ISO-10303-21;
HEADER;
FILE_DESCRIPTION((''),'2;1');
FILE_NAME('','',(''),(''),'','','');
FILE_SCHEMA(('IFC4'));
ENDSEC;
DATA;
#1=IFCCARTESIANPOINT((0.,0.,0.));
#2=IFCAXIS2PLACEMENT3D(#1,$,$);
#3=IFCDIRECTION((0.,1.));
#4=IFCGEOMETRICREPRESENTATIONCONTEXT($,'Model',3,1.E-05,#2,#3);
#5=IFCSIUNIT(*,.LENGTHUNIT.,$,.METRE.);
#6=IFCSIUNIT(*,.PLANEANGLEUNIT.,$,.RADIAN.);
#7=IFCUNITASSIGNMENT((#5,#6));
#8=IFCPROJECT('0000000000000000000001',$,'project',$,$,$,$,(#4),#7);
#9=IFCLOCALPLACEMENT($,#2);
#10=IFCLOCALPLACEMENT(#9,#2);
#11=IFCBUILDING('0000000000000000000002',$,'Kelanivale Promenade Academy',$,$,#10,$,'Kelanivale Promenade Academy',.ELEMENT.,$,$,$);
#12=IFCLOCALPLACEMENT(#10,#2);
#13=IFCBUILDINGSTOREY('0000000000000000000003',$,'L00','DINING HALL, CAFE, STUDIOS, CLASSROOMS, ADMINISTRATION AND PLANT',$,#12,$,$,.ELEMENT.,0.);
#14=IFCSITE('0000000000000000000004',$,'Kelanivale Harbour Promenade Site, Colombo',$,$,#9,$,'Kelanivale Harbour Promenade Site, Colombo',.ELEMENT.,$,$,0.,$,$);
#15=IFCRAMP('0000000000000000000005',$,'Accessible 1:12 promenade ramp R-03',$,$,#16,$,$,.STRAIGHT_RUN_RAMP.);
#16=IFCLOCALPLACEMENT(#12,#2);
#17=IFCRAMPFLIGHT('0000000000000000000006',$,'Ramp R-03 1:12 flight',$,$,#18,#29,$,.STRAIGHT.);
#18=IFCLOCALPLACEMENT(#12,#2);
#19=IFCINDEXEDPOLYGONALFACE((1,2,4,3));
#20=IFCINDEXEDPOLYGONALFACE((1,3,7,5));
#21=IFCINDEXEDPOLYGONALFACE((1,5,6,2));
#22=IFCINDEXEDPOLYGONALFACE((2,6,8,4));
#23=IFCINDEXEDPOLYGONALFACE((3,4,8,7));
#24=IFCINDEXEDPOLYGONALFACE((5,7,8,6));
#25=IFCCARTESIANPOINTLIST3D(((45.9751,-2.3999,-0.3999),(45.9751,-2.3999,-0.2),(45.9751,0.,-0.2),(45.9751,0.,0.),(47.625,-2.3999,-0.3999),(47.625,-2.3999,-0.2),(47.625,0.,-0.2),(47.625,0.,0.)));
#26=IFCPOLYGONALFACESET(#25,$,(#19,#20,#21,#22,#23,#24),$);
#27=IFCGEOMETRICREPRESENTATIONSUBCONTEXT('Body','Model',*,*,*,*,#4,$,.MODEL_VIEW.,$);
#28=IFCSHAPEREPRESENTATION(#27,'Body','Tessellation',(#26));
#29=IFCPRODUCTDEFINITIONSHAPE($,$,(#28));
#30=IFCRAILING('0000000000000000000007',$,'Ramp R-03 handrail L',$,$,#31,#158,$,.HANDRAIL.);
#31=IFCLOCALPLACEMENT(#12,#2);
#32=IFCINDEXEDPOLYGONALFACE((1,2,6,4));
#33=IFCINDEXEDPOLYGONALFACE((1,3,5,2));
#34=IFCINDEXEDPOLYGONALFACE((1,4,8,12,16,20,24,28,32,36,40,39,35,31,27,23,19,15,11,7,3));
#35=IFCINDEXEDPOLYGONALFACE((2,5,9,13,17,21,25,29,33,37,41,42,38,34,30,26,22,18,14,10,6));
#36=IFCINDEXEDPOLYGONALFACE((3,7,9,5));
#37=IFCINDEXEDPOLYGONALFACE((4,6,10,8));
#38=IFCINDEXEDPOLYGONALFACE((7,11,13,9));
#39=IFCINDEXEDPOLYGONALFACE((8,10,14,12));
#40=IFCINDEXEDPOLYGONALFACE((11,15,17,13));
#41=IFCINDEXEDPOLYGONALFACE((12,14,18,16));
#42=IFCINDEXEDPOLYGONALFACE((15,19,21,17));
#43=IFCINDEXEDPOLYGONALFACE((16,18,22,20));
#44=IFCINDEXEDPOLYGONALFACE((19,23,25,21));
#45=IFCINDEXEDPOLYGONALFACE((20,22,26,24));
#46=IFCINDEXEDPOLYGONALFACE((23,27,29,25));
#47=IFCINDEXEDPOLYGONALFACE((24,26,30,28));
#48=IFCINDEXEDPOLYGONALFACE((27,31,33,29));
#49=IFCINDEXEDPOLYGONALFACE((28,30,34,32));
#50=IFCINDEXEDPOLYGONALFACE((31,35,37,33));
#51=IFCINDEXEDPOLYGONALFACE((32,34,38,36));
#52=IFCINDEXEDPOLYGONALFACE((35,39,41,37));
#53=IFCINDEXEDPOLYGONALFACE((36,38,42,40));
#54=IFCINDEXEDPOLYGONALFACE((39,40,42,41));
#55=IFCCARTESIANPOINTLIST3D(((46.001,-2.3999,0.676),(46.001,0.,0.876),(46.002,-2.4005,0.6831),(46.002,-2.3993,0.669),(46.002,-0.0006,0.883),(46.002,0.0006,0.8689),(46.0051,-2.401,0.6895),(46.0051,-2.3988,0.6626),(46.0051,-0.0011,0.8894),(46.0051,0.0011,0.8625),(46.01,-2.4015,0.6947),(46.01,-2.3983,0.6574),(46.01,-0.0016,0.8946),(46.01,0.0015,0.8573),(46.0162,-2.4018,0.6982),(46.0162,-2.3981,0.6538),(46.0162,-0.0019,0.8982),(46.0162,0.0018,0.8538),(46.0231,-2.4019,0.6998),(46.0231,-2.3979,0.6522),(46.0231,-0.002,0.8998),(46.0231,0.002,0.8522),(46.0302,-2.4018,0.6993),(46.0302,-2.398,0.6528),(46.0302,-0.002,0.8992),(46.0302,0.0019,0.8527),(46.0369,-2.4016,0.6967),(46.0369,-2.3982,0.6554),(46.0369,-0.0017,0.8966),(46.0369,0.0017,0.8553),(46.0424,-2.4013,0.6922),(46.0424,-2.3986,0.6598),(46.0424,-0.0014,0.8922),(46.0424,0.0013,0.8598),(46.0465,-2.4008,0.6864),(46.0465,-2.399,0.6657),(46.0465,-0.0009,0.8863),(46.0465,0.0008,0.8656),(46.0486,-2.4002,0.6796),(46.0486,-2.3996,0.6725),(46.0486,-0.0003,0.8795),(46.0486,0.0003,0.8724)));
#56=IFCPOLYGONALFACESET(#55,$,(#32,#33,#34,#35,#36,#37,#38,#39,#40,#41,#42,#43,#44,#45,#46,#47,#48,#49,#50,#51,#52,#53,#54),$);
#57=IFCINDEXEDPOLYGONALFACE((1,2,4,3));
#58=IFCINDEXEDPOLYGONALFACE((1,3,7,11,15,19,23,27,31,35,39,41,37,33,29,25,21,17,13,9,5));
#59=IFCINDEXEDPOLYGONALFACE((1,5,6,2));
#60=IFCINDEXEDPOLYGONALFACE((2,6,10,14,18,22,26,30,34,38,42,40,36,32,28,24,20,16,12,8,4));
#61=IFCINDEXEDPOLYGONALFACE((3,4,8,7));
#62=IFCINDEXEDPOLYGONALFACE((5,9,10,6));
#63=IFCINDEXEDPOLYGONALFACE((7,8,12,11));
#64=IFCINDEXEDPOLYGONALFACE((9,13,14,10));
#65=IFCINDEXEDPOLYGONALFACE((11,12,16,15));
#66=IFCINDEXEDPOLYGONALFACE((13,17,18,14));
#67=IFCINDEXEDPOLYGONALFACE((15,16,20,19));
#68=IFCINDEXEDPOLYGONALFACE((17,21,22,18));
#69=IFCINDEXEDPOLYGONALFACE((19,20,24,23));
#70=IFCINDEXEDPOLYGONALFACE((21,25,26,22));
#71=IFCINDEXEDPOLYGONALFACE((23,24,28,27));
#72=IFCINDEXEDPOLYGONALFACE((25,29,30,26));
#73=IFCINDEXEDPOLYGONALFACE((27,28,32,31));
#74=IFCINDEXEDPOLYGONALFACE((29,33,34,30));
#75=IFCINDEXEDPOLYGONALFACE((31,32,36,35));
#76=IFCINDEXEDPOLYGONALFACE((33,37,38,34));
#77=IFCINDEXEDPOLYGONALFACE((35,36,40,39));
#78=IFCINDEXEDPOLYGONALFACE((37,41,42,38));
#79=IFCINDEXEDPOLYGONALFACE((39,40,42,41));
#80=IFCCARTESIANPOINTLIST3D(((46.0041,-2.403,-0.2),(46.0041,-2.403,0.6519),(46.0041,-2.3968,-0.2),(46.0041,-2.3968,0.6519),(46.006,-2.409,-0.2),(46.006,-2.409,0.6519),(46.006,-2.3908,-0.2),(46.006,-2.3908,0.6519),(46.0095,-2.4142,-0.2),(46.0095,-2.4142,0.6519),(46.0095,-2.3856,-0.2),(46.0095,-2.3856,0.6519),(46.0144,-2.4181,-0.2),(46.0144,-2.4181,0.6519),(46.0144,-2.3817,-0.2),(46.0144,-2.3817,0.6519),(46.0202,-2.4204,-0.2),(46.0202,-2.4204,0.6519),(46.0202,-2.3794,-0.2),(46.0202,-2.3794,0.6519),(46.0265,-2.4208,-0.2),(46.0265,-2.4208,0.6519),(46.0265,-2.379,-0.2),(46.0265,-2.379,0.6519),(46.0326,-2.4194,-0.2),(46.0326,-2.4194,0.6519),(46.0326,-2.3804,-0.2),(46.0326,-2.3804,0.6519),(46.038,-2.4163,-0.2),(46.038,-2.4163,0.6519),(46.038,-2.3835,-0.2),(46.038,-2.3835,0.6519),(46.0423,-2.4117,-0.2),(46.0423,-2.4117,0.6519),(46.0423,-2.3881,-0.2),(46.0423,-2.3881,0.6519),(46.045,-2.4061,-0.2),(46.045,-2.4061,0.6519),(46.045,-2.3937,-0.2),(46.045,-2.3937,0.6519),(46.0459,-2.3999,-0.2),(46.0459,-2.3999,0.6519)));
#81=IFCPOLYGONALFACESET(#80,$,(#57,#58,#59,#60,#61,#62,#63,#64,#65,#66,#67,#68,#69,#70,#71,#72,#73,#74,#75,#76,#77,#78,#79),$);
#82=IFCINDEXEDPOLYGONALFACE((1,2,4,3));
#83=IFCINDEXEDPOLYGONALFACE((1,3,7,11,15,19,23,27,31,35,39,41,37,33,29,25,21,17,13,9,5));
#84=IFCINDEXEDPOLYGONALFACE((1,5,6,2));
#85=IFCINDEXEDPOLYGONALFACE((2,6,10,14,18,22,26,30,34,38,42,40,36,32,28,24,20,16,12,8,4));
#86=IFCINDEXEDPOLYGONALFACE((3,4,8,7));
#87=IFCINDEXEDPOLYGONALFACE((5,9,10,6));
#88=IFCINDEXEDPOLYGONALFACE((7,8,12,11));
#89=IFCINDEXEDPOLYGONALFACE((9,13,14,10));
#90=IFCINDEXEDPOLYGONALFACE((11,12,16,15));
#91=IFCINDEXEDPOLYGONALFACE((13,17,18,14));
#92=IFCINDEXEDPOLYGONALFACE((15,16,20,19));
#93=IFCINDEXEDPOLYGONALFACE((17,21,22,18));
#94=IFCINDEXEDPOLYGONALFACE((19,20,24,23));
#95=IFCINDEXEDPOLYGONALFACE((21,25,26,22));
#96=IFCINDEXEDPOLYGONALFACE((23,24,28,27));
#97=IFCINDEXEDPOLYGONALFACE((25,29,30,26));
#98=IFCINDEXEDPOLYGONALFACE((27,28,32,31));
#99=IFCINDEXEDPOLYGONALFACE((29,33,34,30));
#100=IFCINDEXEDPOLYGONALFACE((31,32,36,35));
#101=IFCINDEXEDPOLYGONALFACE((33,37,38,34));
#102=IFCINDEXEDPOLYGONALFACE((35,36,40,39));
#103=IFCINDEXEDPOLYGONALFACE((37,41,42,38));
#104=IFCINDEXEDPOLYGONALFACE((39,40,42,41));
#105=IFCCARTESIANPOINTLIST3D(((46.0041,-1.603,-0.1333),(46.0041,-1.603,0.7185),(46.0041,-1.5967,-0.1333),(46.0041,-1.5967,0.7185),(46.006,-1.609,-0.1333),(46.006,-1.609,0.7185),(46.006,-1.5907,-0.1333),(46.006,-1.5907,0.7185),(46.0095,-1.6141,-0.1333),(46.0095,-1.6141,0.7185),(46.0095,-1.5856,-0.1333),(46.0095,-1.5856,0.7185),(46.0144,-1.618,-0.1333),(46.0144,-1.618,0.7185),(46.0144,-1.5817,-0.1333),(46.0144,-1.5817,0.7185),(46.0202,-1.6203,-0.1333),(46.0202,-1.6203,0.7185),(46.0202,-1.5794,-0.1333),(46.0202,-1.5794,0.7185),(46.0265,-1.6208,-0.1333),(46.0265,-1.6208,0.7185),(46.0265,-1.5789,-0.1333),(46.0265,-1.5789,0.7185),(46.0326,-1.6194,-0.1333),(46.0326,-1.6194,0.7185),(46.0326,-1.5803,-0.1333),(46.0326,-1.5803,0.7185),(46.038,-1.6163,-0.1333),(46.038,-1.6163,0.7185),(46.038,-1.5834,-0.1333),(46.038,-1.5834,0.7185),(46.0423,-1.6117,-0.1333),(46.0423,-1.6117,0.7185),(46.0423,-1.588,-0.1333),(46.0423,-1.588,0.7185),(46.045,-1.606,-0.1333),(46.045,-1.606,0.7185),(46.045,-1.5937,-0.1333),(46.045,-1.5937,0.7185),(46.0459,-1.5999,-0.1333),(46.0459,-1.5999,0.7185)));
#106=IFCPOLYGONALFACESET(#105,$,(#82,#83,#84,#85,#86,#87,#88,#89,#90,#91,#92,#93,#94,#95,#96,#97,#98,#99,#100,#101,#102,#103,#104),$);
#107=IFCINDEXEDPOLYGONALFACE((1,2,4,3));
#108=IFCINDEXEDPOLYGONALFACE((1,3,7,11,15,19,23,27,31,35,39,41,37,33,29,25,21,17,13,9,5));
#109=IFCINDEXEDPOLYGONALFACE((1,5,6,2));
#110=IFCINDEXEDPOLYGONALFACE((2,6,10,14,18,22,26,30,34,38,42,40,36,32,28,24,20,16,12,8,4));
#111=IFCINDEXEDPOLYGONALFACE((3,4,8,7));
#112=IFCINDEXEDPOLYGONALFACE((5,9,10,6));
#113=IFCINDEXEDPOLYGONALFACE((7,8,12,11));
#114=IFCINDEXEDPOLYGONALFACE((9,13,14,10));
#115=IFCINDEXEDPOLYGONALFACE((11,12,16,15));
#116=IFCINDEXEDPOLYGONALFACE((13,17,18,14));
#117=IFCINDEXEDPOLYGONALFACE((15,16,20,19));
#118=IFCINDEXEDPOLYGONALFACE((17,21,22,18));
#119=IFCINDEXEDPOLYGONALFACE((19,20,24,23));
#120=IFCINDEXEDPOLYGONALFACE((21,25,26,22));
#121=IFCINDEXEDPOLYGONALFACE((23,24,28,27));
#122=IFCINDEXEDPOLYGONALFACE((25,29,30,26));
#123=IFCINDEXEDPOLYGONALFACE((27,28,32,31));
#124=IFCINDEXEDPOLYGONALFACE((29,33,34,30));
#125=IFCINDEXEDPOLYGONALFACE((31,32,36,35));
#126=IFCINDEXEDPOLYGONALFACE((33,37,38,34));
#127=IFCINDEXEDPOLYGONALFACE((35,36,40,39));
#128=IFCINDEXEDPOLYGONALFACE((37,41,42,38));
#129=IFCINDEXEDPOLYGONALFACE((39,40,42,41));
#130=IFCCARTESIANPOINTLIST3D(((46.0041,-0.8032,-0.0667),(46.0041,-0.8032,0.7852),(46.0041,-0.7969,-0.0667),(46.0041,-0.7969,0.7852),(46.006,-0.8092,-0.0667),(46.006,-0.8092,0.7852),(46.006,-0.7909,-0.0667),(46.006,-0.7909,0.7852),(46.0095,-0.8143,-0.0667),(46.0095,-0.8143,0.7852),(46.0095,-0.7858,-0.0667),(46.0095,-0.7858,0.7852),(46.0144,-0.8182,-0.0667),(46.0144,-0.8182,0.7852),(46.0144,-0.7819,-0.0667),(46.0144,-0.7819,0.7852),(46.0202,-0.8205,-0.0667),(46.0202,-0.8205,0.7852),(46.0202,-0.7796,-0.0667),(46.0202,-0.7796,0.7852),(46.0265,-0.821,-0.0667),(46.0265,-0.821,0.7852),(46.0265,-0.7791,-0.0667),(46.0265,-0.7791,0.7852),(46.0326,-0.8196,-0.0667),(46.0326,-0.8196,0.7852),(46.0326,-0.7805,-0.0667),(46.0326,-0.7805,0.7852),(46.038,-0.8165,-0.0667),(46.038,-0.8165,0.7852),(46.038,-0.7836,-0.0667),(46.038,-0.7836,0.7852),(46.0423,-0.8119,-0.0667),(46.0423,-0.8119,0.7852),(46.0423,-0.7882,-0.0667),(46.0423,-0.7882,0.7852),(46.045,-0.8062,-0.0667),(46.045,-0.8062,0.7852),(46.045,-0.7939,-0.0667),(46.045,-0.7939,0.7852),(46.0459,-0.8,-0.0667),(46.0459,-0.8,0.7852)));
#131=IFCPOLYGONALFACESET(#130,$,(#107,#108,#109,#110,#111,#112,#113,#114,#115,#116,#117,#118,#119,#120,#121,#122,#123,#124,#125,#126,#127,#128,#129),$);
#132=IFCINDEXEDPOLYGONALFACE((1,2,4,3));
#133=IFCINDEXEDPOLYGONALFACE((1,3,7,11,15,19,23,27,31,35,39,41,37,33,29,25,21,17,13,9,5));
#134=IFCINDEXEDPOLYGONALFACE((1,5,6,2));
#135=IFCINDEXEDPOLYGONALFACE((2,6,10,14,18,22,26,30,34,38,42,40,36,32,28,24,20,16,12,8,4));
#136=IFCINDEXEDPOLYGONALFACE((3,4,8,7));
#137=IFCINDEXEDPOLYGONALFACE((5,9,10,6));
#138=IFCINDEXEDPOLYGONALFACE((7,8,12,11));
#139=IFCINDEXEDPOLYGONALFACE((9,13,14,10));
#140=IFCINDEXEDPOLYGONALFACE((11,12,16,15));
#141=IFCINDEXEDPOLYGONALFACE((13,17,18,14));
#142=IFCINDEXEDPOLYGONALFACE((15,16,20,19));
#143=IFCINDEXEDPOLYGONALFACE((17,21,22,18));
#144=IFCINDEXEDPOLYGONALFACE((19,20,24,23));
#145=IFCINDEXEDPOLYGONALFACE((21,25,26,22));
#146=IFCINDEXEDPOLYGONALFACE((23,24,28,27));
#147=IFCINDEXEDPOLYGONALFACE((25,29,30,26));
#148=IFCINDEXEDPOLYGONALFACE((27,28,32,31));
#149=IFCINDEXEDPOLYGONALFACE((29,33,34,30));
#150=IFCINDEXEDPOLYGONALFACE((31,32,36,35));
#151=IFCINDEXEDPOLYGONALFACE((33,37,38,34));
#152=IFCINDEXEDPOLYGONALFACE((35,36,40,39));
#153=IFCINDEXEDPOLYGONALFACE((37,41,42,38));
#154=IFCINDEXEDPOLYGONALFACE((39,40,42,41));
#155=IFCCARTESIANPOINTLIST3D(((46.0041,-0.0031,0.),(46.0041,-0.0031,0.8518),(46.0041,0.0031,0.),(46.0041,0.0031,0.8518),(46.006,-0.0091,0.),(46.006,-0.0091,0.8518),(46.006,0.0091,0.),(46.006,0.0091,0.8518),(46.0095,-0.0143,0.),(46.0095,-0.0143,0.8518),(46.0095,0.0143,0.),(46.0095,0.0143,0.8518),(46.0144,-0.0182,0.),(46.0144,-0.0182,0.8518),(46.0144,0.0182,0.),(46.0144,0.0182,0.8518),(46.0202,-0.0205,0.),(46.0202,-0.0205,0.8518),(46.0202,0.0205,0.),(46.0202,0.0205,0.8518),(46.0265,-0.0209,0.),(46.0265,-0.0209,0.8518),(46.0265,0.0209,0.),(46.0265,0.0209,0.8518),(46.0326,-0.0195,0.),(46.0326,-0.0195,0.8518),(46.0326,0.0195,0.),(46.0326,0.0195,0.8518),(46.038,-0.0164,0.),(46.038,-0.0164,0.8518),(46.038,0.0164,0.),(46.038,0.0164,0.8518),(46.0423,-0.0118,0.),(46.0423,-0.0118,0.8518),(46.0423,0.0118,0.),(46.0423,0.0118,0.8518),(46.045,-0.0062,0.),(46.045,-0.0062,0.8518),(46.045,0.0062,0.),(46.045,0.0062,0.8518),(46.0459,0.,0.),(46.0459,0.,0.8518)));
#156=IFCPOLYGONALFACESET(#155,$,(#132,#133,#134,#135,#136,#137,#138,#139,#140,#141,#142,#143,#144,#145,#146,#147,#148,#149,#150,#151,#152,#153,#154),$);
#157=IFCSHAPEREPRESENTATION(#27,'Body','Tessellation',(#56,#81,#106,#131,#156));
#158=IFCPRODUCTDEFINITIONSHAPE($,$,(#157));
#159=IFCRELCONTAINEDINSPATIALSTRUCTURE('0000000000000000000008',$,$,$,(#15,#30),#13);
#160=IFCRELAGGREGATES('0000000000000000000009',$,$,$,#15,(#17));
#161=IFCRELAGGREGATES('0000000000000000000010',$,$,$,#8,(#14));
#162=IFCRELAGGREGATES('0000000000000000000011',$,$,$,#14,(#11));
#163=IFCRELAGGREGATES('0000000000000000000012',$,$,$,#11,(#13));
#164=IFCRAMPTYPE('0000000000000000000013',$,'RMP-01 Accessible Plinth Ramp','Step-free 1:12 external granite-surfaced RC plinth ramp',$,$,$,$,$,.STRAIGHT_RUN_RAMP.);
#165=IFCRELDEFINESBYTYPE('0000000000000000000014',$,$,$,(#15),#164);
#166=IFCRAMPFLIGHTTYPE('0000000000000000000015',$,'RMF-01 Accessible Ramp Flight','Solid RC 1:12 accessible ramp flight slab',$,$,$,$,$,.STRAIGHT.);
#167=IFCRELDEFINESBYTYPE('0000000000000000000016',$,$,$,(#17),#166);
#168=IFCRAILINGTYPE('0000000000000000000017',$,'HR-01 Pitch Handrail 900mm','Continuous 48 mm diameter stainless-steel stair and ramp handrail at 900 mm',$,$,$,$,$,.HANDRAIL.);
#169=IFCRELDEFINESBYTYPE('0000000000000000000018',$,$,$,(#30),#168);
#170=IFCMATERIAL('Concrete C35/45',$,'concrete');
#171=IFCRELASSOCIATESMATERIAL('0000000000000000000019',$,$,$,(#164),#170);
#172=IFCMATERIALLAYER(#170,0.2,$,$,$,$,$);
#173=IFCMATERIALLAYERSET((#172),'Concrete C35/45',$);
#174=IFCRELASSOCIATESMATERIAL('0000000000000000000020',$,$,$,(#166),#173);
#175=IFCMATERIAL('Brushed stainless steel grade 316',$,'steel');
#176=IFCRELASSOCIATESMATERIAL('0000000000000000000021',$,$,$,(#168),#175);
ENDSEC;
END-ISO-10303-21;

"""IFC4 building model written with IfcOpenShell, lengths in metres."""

from ifc_helpers import new_model, si_unit, direction, frame, origin, origin_2d, place, context, subcontext, project, spatial, polyline, circle, outline, extrude, material, layer, layer_set, type_object, element, aggregate, save


model = new_model("IFC4")

# Units and contexts
model_context = context("Model", 3, precision=1e-05, world=origin(), true_north=direction((0.0, 1.0)))
body_context = subcontext(model_context, "Body", "Model", "MODEL_VIEW")
ifc_project = project(units=[si_unit("LENGTHUNIT", "METRE"), si_unit("PLANEANGLEUNIT", "RADIAN")], contexts=[model_context])

# Site, building, storey
site_placement = place(None, origin())
site = spatial("IfcSite", under=ifc_project, at=site_placement, Name="Kelanivale Harbour Promenade Site, Colombo", LongName="Kelanivale Harbour Promenade Site, Colombo", CompositionType="ELEMENT", RefElevation=0.0)
building_placement = place(site_placement, origin())
building = spatial("IfcBuilding", under=site, at=building_placement, Name="Kelanivale Promenade Academy", LongName="Kelanivale Promenade Academy", CompositionType="ELEMENT")
storey_placement = place(building_placement, origin())
storey = spatial("IfcBuildingStorey", under=building, at=storey_placement, Name="L00", Description="DINING HALL, CAFE, STUDIOS, CLASSROOMS, ADMINISTRATION AND PLANT", CompositionType="ELEMENT", Elevation=0.0)

# Shared definitions
ifc_material_1 = material(Name="Concrete C35/45", Category="concrete")

# Ramp, ramp flight
ramp_type = type_object("IfcRampType", Name="RMP-01 Accessible Plinth Ramp", Description="Step-free 1:12 external granite-surfaced RC plinth ramp", PredefinedType="STRAIGHT_RUN_RAMP", material=ifc_material_1)
ramp_placement = place(storey_placement, origin())
ramp = element("IfcRamp", 1, at=ramp_placement, inside=storey, type_object=ramp_type, Name="Accessible 1:12 promenade ramp R-03", PredefinedType="STRAIGHT_RUN_RAMP")
ifc_layer_1 = layer(ifc_material_1, 0.2)
ifc_layer_set_1 = layer_set([ifc_layer_1], Name="Concrete C35/45")
ramp_flight_type = type_object("IfcRampFlightType", Name="RMF-01 Accessible Ramp Flight", Description="Solid RC 1:12 accessible ramp flight slab", PredefinedType="STRAIGHT", material=ifc_layer_set_1)
ramp_flight_placement = place(storey_placement, frame((46.8, -2.3999, -0.2), z_axis=(0.0, 0.0, 1.0), x_axis=(0.0, 1.0, 0.0)))
ramp_flight = element("IfcRampFlight", 2, at=ramp_flight_placement, type_object=ramp_flight_type, Name="Ramp R-03 1:12 flight", PredefinedType="STRAIGHT", context=body_context, shape_type="SweptSolid", body=[
    extrude(outline(polyline([(0.0, 0.0), (2.3999, 0.2), (2.3999, 0.0), (0.0, -0.2), (0.0, 0.0)])), frame((0.0, 0.825, 0.0), z_axis=(0.0, -1.0, 0.0), x_axis=(1.0, 0.0, 0.0)), (0.0, 0.0, 1.0), 1.6499),
])
aggregate(ramp, [ramp_flight])

# Railing
ifc_material_2 = material(Name="Brushed stainless steel grade 316", Category="steel")
railing_type = type_object("IfcRailingType", Name="HR-01 Pitch Handrail 900mm", Description="Continuous 48 mm diameter stainless-steel stair and ramp handrail at 900 mm", PredefinedType="HANDRAIL", material=ifc_material_2)
for number, where, name in (
    (3, (46.0249, -2.3999, -0.2), "Ramp R-03 handrail L"),
):
    element("IfcRailing", number, at=place(storey_placement, frame(where)), inside=storey, type_object=railing_type, Name=name, PredefinedType="HANDRAIL", context=body_context, shape_type="SweptSolid", body=[
        extrude(circle(Radius=0.0239, at=origin_2d()), frame((0.0, 0.0, 0.876), z_axis=(0.0, 0.996547, 0.083029), x_axis=(-1.0, 0.0, 0.0)), (0.0, 0.0, 1.0), 2.4082),
        extrude(circle(Radius=0.021, at=origin_2d()), origin(), (0.0, 0.0, 1.0), 0.8518),
        extrude(circle(Radius=0.021, at=origin_2d()), frame((0.0, 0.8, 0.0667)), (0.0, 0.0, 1.0), 0.8518),
        extrude(circle(Radius=0.021, at=origin_2d()), frame((0.0, 1.5999, 0.1333)), (0.0, 0.0, 1.0), 0.8518),
        extrude(circle(Radius=0.021, at=origin_2d()), frame((0.0, 2.3999, 0.2)), (0.0, 0.0, 1.0), 0.8518),
    ])

save(model, "model.ifc")
